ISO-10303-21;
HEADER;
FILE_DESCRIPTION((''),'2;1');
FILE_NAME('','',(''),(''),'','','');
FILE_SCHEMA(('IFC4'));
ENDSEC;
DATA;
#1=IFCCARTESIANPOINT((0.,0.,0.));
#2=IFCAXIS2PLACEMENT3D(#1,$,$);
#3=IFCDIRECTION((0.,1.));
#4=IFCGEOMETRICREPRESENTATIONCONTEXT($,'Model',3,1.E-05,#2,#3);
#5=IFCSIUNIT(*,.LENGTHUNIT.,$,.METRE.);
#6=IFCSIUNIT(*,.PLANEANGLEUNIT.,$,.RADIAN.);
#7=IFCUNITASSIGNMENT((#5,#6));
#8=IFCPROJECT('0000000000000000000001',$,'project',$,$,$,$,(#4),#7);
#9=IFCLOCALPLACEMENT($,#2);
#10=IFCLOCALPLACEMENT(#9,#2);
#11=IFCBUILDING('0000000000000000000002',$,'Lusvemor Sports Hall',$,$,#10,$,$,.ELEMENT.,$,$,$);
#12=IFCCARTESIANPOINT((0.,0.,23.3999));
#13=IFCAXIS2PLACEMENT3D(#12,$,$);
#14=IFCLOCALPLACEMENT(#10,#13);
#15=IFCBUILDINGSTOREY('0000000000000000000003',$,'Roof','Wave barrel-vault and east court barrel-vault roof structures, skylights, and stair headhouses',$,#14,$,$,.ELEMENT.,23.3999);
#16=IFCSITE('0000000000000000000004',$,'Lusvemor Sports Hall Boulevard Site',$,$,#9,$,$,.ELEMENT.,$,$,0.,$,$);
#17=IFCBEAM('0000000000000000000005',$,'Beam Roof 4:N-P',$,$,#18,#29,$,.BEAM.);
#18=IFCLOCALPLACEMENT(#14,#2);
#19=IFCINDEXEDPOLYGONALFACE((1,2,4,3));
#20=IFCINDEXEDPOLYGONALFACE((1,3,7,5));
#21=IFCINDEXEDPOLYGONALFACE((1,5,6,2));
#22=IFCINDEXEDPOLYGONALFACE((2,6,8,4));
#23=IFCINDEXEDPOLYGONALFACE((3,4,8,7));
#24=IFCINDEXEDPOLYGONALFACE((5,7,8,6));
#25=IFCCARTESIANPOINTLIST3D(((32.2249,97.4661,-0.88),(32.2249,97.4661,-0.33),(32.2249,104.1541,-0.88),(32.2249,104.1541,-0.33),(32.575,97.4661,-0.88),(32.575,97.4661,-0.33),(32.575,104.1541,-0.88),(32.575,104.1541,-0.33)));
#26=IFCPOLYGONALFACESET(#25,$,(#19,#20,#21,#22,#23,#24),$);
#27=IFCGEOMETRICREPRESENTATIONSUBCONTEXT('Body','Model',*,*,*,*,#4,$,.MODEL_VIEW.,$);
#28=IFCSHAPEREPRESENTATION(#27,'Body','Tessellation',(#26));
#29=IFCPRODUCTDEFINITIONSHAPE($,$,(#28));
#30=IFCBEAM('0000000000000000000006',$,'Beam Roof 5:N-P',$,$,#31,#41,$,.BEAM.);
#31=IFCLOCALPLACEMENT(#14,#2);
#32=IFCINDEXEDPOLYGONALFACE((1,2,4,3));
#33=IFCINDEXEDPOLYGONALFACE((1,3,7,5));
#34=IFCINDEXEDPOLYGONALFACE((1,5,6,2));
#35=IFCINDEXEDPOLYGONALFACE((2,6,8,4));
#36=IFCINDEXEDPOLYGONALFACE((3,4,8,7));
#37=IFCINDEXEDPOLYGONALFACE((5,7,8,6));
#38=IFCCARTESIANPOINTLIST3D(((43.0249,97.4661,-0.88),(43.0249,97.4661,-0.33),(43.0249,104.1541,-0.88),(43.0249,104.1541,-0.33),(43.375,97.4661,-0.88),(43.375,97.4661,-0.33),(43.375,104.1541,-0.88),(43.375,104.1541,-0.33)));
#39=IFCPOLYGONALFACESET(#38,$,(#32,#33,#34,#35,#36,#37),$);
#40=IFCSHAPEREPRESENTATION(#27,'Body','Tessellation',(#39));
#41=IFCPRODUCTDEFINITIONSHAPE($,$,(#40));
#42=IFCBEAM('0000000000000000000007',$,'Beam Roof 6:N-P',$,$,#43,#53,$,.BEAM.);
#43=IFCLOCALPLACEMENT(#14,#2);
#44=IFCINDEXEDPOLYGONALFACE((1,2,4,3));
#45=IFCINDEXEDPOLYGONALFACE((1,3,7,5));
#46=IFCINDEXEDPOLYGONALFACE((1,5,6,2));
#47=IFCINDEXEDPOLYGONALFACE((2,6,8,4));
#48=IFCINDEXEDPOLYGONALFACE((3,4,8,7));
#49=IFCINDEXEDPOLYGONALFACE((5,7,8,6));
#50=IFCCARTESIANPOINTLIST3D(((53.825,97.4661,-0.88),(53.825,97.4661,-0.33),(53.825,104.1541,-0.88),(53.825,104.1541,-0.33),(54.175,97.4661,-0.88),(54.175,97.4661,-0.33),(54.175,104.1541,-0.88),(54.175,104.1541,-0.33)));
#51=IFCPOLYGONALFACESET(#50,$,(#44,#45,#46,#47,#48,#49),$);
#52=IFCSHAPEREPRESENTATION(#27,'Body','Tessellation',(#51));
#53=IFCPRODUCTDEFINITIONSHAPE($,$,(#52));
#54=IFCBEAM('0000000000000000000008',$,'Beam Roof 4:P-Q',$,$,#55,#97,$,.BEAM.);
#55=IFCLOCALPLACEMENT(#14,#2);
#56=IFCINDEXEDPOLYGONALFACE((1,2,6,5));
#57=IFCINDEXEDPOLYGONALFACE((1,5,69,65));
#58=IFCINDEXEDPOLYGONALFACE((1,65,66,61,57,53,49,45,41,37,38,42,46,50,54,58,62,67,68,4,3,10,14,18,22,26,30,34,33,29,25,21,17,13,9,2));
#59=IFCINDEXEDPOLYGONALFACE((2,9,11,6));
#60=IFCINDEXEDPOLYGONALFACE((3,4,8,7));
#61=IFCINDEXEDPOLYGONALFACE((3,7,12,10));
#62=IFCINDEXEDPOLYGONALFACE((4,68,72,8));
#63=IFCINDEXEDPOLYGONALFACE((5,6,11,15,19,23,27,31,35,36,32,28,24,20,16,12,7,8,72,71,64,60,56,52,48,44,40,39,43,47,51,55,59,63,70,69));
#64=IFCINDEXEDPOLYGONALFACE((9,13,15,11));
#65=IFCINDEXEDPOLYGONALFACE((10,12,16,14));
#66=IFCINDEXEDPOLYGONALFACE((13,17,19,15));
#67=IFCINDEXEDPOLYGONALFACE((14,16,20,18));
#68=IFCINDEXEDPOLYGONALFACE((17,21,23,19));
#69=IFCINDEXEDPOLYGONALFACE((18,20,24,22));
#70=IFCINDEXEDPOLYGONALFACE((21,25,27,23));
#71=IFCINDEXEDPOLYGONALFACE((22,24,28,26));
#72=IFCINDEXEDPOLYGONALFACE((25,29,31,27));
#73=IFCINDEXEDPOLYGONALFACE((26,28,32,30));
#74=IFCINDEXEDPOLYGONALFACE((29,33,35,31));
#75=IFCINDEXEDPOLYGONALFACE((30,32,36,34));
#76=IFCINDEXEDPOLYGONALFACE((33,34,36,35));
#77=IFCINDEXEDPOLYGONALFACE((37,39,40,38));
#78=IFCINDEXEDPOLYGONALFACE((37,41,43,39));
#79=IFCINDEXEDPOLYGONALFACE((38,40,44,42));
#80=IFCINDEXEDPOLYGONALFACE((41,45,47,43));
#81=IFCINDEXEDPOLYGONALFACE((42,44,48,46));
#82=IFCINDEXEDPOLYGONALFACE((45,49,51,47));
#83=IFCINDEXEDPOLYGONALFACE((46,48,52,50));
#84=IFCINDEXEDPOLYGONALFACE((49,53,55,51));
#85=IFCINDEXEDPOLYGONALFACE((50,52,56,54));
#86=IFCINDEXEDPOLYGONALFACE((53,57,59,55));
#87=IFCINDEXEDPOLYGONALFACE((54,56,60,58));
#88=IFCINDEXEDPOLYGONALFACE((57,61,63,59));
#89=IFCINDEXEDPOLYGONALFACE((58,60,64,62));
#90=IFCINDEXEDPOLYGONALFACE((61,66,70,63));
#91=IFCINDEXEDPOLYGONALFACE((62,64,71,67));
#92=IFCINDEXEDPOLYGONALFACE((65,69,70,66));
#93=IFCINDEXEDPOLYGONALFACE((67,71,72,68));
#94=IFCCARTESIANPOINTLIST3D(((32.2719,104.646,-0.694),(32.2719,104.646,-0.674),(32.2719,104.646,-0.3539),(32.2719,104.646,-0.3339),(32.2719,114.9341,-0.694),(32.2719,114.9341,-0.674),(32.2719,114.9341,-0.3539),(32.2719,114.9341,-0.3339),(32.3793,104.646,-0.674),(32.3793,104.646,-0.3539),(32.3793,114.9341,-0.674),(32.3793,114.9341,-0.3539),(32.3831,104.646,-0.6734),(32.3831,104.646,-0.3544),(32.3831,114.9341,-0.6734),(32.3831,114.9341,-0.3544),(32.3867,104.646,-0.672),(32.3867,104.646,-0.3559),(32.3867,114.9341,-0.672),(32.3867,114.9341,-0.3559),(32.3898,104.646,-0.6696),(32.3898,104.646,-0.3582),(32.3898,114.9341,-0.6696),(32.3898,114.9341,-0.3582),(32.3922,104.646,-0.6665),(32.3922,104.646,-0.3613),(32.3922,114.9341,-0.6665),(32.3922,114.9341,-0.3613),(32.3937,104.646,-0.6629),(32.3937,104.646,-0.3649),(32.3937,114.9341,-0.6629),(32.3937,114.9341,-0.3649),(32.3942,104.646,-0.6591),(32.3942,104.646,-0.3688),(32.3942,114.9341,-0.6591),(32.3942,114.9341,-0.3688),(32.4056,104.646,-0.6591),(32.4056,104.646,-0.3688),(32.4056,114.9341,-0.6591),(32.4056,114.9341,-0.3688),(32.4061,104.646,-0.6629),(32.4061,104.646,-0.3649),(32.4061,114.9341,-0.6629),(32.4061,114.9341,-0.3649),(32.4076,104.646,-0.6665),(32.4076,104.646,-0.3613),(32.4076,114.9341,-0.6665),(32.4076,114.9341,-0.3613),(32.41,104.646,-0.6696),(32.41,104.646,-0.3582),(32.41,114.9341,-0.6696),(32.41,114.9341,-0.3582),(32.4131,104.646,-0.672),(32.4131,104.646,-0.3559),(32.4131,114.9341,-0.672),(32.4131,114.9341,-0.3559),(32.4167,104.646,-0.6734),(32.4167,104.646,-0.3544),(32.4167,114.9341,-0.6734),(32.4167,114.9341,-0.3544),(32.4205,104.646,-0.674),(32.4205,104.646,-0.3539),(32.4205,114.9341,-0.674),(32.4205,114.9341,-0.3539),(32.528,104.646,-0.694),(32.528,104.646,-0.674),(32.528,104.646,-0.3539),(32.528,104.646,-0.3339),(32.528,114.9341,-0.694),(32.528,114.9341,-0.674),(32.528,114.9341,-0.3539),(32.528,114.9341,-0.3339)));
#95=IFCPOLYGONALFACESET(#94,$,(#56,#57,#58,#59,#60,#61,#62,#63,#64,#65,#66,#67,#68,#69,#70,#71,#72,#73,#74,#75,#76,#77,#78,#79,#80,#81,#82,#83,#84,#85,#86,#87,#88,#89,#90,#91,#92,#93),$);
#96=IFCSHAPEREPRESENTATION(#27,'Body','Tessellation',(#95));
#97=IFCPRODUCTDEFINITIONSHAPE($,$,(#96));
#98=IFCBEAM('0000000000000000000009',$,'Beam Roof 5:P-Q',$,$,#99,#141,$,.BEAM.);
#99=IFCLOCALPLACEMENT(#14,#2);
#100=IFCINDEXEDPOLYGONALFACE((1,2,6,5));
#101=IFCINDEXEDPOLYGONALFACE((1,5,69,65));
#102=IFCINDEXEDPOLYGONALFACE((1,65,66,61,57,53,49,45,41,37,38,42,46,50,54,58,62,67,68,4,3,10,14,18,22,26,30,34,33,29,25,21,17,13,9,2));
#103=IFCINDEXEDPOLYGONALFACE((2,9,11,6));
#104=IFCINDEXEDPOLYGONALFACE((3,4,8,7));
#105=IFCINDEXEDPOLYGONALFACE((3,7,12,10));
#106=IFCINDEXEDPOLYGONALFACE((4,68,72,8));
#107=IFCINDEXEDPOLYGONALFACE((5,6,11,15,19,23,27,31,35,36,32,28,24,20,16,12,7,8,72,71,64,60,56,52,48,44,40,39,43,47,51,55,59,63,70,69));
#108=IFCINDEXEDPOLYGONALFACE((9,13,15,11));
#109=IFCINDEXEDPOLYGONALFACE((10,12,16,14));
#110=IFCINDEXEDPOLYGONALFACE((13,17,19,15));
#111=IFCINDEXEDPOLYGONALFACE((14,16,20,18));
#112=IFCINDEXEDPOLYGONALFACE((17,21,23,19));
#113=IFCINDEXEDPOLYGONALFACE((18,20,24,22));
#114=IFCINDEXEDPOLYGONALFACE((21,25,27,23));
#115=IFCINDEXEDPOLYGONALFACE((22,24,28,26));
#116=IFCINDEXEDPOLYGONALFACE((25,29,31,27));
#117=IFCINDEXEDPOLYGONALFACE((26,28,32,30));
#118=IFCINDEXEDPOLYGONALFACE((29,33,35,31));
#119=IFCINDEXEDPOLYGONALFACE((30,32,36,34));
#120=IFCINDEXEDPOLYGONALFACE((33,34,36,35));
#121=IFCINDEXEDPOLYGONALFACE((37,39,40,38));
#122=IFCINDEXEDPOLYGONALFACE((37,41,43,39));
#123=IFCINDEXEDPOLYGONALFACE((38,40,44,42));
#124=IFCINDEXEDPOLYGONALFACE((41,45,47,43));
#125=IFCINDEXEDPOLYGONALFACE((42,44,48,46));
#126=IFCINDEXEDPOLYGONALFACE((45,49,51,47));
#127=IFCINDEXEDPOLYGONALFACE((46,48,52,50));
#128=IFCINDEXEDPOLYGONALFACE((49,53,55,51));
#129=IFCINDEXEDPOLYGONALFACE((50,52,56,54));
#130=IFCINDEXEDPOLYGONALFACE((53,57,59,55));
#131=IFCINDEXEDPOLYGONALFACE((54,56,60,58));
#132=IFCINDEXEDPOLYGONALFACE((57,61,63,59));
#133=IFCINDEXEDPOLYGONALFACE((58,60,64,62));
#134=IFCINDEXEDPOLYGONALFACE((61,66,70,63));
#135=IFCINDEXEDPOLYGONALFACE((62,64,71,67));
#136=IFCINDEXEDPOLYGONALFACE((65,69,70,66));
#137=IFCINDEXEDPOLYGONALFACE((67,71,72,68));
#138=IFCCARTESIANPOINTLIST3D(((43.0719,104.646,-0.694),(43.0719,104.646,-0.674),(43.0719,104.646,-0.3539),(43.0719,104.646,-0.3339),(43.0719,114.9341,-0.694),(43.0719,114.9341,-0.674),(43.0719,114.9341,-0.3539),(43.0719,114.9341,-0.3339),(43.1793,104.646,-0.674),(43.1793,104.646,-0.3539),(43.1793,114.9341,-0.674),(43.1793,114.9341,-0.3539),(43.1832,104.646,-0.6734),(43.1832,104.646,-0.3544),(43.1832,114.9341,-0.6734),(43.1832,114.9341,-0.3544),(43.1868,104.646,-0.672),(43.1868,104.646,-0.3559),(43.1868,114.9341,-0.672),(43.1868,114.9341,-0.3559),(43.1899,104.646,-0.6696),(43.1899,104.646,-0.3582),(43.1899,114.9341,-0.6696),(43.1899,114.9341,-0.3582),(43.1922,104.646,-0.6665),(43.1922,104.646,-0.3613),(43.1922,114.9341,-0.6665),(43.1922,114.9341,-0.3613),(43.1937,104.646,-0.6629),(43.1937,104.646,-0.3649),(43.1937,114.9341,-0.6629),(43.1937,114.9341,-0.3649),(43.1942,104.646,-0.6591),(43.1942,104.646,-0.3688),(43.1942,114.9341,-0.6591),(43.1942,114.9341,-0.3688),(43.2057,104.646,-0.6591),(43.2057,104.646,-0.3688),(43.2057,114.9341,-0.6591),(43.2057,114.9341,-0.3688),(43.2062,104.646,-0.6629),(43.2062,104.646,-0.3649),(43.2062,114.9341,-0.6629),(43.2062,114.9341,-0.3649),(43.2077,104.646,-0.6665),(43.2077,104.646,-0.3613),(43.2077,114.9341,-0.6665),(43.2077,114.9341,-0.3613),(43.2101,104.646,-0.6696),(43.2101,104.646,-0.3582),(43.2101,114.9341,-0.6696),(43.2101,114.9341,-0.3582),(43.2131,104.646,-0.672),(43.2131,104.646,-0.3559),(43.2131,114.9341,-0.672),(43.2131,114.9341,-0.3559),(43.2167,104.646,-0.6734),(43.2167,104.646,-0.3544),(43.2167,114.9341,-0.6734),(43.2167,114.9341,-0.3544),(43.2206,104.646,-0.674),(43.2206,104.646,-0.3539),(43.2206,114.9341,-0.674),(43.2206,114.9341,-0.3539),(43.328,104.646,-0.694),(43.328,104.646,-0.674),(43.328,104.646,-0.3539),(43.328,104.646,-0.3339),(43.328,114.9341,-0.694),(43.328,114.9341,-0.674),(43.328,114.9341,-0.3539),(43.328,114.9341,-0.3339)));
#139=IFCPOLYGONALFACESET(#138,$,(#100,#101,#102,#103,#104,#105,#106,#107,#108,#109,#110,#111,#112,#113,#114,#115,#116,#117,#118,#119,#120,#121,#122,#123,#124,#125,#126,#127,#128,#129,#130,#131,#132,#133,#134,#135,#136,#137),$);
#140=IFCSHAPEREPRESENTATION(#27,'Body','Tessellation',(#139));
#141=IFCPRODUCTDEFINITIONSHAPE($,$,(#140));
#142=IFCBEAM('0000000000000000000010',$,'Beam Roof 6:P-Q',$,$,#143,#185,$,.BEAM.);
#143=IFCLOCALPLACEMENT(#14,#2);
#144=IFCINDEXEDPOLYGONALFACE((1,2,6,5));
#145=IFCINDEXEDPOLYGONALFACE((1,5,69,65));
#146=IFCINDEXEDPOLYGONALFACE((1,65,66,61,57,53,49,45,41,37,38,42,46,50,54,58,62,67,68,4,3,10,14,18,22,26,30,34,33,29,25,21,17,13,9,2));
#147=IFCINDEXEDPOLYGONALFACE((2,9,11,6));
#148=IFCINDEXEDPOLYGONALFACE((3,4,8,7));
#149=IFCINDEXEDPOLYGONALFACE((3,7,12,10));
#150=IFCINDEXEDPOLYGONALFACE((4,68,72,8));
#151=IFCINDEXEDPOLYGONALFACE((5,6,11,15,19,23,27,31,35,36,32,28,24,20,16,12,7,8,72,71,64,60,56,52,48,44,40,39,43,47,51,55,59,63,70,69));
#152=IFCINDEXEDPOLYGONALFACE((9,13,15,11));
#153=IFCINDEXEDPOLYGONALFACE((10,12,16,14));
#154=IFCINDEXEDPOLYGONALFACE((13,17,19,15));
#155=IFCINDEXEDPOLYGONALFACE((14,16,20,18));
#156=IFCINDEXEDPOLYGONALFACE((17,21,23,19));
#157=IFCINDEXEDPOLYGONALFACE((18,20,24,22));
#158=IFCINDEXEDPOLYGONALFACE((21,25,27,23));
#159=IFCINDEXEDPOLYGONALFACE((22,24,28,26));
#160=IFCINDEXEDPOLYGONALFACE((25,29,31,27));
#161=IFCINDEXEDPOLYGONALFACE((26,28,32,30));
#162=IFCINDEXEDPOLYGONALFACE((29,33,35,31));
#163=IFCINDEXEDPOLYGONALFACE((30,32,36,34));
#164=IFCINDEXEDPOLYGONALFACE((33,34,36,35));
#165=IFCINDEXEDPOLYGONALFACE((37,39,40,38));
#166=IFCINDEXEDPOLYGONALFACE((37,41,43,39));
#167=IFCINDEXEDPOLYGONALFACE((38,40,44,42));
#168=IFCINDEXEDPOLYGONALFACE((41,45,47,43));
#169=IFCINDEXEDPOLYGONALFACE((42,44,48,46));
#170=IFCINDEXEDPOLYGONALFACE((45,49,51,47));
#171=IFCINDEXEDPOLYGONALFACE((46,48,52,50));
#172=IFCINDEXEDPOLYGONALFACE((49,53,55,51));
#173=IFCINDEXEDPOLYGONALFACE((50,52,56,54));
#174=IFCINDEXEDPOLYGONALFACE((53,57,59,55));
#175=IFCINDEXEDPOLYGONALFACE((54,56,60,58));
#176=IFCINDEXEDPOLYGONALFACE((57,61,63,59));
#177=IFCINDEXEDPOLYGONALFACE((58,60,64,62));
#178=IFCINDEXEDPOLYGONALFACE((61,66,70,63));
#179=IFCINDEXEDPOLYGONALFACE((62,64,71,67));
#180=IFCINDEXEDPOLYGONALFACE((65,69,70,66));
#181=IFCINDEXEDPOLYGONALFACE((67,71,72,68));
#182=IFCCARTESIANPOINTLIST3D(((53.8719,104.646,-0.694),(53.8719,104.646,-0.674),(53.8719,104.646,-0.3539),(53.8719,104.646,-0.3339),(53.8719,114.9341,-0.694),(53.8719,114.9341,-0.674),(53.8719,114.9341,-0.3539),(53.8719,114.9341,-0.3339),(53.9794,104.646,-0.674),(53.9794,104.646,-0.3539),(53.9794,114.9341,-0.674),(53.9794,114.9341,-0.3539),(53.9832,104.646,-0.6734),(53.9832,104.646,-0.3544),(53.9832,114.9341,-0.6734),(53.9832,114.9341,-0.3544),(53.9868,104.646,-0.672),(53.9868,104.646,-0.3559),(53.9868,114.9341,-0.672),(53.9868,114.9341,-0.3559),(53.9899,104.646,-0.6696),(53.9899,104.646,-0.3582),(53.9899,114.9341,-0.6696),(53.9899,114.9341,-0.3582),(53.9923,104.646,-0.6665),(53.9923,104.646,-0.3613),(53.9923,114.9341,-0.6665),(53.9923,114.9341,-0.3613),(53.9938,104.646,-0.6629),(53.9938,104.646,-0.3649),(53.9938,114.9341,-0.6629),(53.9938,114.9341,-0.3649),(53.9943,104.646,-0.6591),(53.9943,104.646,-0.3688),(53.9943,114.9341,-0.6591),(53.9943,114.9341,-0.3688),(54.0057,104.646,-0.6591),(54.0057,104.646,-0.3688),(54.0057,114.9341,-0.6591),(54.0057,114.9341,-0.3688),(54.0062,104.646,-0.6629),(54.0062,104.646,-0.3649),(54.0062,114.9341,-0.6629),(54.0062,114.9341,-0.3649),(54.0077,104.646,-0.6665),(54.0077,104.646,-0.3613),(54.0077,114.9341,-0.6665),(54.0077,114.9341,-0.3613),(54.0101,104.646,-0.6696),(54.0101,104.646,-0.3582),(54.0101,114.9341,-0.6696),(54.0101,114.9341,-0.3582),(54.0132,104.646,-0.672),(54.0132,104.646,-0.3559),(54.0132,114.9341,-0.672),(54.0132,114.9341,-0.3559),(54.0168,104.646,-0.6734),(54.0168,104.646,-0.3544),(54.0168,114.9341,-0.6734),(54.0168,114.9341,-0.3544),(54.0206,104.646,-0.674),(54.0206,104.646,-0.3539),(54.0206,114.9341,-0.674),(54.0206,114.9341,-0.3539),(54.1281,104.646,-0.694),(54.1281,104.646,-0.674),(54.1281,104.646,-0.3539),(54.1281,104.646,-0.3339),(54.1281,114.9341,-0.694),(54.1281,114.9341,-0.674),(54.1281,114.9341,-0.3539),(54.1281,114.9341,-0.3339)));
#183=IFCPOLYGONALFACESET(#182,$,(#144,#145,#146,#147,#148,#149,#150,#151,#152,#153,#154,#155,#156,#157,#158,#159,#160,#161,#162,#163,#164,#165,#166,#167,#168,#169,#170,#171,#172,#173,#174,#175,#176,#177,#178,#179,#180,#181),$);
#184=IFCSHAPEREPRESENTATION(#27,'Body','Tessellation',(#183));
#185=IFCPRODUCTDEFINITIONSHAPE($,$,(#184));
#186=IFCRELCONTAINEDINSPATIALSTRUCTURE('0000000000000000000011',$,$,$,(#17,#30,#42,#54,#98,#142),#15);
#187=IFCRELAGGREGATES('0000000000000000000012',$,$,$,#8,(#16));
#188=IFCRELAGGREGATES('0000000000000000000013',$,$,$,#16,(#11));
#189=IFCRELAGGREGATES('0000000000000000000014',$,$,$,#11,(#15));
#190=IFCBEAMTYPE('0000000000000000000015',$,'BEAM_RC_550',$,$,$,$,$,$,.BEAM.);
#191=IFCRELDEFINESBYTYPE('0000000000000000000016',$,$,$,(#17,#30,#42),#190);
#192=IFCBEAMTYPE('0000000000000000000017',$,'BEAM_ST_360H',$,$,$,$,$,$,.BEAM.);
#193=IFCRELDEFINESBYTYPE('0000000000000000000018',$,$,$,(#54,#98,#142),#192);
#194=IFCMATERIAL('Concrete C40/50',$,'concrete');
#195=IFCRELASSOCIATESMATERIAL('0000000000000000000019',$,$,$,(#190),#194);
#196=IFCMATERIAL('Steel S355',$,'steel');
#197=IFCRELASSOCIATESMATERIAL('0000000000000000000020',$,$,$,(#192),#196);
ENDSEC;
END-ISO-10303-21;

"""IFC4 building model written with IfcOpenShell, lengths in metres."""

from ifc_helpers import new_model, si_unit, direction, frame, origin, origin_2d, place, context, subcontext, project, spatial, rectangle, i_section, extrude, material, material_profile, profile_set, type_object, element, save


model = new_model("IFC4")

# Units and contexts
model_context = context("Model", 3, precision=1e-05, world=origin(), true_north=direction((0.0, 1.0)))
body_context = subcontext(model_context, "Body", "Model", "MODEL_VIEW")
ifc_project = project(units=[si_unit("LENGTHUNIT", "METRE"), si_unit("PLANEANGLEUNIT", "RADIAN")], contexts=[model_context])

# Site, building, storey
site_placement = place(None, origin())
site = spatial("IfcSite", under=ifc_project, at=site_placement, Name="Lusvemor Sports Hall Boulevard Site", CompositionType="ELEMENT", RefElevation=0.0)
building_placement = place(site_placement, origin())
building = spatial("IfcBuilding", under=site, at=building_placement, Name="Lusvemor Sports Hall", CompositionType="ELEMENT")
storey_placement = place(building_placement, frame((0.0, 0.0, 23.3999)))
storey = spatial("IfcBuildingStorey", under=building, at=storey_placement, Name="Roof", Description="Wave barrel-vault and east court barrel-vault roof structures, skylights, and stair headhouses", CompositionType="ELEMENT", Elevation=23.3999)

# Beams
ifc_material_1 = material(Name="Concrete C40/50", Category="concrete")
ifc_material_profile_1 = material_profile(ifc_material_1, rectangle(XDim=0.3501, YDim=0.55, at=origin_2d()), Name="RC350x550")
ifc_profile_set_1 = profile_set([ifc_material_profile_1], Name="Concrete C40/50")
beam_type_1 = type_object("IfcBeamType", Name="BEAM_RC_550", PredefinedType="BEAM", material=ifc_profile_set_1)
for number, where, z_axis, x_axis, name in (
    (1, (32.3999, 97.4661, -0.605), (0.0, 1.0, 0.0), (-1.0, 0.0, 0.0), "Beam Roof 4:N-P"),
    (2, (43.2, 97.4661, -0.605), (0.0, 1.0, 0.0), (-1.0, 0.0, 0.0), "Beam Roof 5:N-P"),
    (3, (54.0, 97.4661, -0.605), (0.0, 1.0, 0.0), (-1.0, 0.0, 0.0), "Beam Roof 6:N-P"),
):
    element("IfcBeam", number, at=place(storey_placement, frame(where, z_axis=z_axis, x_axis=x_axis)), inside=storey, type_object=beam_type_1, Name=name, PredefinedType="BEAM", context=body_context, shape_type="SweptSolid", body=[
        extrude(rectangle(XDim=0.3501, YDim=0.55, at=origin_2d()), origin(), (0.0, 0.0, 1.0), 6.688),
    ])
ifc_material_2 = material(Name="Steel S355", Category="steel")
ifc_material_profile_2 = material_profile(ifc_material_2, i_section(OverallWidth=0.2561, OverallDepth=0.3601, WebThickness=0.0115, FlangeThickness=0.02, FilletRadius=0.0149, at=origin_2d()), Name="W360x110.0")
ifc_profile_set_2 = profile_set([ifc_material_profile_2], Name="Steel S355")
beam_type_2 = type_object("IfcBeamType", Name="BEAM_ST_360H", PredefinedType="BEAM", material=ifc_profile_set_2)
for number, where, z_axis, x_axis, name in (
    (4, (32.3999, 104.646, -0.5139), (0.0, 1.0, 0.0), (-1.0, 0.0, 0.0), "Beam Roof 4:P-Q"),
    (5, (43.2, 104.646, -0.5139), (0.0, 1.0, 0.0), (-1.0, 0.0, 0.0), "Beam Roof 5:P-Q"),
    (6, (54.0, 104.646, -0.5139), (0.0, 1.0, 0.0), (-1.0, 0.0, 0.0), "Beam Roof 6:P-Q"),
):
    element("IfcBeam", number, at=place(storey_placement, frame(where, z_axis=z_axis, x_axis=x_axis)), inside=storey, type_object=beam_type_2, Name=name, PredefinedType="BEAM", context=body_context, shape_type="SweptSolid", body=[
        extrude(i_section(OverallWidth=0.2561, OverallDepth=0.3601, WebThickness=0.0115, FlangeThickness=0.02, FilletRadius=0.0149, at=origin_2d()), origin(), (0.0, 0.0, 1.0), 10.2881),
    ])

save(model, "model.ifc")
